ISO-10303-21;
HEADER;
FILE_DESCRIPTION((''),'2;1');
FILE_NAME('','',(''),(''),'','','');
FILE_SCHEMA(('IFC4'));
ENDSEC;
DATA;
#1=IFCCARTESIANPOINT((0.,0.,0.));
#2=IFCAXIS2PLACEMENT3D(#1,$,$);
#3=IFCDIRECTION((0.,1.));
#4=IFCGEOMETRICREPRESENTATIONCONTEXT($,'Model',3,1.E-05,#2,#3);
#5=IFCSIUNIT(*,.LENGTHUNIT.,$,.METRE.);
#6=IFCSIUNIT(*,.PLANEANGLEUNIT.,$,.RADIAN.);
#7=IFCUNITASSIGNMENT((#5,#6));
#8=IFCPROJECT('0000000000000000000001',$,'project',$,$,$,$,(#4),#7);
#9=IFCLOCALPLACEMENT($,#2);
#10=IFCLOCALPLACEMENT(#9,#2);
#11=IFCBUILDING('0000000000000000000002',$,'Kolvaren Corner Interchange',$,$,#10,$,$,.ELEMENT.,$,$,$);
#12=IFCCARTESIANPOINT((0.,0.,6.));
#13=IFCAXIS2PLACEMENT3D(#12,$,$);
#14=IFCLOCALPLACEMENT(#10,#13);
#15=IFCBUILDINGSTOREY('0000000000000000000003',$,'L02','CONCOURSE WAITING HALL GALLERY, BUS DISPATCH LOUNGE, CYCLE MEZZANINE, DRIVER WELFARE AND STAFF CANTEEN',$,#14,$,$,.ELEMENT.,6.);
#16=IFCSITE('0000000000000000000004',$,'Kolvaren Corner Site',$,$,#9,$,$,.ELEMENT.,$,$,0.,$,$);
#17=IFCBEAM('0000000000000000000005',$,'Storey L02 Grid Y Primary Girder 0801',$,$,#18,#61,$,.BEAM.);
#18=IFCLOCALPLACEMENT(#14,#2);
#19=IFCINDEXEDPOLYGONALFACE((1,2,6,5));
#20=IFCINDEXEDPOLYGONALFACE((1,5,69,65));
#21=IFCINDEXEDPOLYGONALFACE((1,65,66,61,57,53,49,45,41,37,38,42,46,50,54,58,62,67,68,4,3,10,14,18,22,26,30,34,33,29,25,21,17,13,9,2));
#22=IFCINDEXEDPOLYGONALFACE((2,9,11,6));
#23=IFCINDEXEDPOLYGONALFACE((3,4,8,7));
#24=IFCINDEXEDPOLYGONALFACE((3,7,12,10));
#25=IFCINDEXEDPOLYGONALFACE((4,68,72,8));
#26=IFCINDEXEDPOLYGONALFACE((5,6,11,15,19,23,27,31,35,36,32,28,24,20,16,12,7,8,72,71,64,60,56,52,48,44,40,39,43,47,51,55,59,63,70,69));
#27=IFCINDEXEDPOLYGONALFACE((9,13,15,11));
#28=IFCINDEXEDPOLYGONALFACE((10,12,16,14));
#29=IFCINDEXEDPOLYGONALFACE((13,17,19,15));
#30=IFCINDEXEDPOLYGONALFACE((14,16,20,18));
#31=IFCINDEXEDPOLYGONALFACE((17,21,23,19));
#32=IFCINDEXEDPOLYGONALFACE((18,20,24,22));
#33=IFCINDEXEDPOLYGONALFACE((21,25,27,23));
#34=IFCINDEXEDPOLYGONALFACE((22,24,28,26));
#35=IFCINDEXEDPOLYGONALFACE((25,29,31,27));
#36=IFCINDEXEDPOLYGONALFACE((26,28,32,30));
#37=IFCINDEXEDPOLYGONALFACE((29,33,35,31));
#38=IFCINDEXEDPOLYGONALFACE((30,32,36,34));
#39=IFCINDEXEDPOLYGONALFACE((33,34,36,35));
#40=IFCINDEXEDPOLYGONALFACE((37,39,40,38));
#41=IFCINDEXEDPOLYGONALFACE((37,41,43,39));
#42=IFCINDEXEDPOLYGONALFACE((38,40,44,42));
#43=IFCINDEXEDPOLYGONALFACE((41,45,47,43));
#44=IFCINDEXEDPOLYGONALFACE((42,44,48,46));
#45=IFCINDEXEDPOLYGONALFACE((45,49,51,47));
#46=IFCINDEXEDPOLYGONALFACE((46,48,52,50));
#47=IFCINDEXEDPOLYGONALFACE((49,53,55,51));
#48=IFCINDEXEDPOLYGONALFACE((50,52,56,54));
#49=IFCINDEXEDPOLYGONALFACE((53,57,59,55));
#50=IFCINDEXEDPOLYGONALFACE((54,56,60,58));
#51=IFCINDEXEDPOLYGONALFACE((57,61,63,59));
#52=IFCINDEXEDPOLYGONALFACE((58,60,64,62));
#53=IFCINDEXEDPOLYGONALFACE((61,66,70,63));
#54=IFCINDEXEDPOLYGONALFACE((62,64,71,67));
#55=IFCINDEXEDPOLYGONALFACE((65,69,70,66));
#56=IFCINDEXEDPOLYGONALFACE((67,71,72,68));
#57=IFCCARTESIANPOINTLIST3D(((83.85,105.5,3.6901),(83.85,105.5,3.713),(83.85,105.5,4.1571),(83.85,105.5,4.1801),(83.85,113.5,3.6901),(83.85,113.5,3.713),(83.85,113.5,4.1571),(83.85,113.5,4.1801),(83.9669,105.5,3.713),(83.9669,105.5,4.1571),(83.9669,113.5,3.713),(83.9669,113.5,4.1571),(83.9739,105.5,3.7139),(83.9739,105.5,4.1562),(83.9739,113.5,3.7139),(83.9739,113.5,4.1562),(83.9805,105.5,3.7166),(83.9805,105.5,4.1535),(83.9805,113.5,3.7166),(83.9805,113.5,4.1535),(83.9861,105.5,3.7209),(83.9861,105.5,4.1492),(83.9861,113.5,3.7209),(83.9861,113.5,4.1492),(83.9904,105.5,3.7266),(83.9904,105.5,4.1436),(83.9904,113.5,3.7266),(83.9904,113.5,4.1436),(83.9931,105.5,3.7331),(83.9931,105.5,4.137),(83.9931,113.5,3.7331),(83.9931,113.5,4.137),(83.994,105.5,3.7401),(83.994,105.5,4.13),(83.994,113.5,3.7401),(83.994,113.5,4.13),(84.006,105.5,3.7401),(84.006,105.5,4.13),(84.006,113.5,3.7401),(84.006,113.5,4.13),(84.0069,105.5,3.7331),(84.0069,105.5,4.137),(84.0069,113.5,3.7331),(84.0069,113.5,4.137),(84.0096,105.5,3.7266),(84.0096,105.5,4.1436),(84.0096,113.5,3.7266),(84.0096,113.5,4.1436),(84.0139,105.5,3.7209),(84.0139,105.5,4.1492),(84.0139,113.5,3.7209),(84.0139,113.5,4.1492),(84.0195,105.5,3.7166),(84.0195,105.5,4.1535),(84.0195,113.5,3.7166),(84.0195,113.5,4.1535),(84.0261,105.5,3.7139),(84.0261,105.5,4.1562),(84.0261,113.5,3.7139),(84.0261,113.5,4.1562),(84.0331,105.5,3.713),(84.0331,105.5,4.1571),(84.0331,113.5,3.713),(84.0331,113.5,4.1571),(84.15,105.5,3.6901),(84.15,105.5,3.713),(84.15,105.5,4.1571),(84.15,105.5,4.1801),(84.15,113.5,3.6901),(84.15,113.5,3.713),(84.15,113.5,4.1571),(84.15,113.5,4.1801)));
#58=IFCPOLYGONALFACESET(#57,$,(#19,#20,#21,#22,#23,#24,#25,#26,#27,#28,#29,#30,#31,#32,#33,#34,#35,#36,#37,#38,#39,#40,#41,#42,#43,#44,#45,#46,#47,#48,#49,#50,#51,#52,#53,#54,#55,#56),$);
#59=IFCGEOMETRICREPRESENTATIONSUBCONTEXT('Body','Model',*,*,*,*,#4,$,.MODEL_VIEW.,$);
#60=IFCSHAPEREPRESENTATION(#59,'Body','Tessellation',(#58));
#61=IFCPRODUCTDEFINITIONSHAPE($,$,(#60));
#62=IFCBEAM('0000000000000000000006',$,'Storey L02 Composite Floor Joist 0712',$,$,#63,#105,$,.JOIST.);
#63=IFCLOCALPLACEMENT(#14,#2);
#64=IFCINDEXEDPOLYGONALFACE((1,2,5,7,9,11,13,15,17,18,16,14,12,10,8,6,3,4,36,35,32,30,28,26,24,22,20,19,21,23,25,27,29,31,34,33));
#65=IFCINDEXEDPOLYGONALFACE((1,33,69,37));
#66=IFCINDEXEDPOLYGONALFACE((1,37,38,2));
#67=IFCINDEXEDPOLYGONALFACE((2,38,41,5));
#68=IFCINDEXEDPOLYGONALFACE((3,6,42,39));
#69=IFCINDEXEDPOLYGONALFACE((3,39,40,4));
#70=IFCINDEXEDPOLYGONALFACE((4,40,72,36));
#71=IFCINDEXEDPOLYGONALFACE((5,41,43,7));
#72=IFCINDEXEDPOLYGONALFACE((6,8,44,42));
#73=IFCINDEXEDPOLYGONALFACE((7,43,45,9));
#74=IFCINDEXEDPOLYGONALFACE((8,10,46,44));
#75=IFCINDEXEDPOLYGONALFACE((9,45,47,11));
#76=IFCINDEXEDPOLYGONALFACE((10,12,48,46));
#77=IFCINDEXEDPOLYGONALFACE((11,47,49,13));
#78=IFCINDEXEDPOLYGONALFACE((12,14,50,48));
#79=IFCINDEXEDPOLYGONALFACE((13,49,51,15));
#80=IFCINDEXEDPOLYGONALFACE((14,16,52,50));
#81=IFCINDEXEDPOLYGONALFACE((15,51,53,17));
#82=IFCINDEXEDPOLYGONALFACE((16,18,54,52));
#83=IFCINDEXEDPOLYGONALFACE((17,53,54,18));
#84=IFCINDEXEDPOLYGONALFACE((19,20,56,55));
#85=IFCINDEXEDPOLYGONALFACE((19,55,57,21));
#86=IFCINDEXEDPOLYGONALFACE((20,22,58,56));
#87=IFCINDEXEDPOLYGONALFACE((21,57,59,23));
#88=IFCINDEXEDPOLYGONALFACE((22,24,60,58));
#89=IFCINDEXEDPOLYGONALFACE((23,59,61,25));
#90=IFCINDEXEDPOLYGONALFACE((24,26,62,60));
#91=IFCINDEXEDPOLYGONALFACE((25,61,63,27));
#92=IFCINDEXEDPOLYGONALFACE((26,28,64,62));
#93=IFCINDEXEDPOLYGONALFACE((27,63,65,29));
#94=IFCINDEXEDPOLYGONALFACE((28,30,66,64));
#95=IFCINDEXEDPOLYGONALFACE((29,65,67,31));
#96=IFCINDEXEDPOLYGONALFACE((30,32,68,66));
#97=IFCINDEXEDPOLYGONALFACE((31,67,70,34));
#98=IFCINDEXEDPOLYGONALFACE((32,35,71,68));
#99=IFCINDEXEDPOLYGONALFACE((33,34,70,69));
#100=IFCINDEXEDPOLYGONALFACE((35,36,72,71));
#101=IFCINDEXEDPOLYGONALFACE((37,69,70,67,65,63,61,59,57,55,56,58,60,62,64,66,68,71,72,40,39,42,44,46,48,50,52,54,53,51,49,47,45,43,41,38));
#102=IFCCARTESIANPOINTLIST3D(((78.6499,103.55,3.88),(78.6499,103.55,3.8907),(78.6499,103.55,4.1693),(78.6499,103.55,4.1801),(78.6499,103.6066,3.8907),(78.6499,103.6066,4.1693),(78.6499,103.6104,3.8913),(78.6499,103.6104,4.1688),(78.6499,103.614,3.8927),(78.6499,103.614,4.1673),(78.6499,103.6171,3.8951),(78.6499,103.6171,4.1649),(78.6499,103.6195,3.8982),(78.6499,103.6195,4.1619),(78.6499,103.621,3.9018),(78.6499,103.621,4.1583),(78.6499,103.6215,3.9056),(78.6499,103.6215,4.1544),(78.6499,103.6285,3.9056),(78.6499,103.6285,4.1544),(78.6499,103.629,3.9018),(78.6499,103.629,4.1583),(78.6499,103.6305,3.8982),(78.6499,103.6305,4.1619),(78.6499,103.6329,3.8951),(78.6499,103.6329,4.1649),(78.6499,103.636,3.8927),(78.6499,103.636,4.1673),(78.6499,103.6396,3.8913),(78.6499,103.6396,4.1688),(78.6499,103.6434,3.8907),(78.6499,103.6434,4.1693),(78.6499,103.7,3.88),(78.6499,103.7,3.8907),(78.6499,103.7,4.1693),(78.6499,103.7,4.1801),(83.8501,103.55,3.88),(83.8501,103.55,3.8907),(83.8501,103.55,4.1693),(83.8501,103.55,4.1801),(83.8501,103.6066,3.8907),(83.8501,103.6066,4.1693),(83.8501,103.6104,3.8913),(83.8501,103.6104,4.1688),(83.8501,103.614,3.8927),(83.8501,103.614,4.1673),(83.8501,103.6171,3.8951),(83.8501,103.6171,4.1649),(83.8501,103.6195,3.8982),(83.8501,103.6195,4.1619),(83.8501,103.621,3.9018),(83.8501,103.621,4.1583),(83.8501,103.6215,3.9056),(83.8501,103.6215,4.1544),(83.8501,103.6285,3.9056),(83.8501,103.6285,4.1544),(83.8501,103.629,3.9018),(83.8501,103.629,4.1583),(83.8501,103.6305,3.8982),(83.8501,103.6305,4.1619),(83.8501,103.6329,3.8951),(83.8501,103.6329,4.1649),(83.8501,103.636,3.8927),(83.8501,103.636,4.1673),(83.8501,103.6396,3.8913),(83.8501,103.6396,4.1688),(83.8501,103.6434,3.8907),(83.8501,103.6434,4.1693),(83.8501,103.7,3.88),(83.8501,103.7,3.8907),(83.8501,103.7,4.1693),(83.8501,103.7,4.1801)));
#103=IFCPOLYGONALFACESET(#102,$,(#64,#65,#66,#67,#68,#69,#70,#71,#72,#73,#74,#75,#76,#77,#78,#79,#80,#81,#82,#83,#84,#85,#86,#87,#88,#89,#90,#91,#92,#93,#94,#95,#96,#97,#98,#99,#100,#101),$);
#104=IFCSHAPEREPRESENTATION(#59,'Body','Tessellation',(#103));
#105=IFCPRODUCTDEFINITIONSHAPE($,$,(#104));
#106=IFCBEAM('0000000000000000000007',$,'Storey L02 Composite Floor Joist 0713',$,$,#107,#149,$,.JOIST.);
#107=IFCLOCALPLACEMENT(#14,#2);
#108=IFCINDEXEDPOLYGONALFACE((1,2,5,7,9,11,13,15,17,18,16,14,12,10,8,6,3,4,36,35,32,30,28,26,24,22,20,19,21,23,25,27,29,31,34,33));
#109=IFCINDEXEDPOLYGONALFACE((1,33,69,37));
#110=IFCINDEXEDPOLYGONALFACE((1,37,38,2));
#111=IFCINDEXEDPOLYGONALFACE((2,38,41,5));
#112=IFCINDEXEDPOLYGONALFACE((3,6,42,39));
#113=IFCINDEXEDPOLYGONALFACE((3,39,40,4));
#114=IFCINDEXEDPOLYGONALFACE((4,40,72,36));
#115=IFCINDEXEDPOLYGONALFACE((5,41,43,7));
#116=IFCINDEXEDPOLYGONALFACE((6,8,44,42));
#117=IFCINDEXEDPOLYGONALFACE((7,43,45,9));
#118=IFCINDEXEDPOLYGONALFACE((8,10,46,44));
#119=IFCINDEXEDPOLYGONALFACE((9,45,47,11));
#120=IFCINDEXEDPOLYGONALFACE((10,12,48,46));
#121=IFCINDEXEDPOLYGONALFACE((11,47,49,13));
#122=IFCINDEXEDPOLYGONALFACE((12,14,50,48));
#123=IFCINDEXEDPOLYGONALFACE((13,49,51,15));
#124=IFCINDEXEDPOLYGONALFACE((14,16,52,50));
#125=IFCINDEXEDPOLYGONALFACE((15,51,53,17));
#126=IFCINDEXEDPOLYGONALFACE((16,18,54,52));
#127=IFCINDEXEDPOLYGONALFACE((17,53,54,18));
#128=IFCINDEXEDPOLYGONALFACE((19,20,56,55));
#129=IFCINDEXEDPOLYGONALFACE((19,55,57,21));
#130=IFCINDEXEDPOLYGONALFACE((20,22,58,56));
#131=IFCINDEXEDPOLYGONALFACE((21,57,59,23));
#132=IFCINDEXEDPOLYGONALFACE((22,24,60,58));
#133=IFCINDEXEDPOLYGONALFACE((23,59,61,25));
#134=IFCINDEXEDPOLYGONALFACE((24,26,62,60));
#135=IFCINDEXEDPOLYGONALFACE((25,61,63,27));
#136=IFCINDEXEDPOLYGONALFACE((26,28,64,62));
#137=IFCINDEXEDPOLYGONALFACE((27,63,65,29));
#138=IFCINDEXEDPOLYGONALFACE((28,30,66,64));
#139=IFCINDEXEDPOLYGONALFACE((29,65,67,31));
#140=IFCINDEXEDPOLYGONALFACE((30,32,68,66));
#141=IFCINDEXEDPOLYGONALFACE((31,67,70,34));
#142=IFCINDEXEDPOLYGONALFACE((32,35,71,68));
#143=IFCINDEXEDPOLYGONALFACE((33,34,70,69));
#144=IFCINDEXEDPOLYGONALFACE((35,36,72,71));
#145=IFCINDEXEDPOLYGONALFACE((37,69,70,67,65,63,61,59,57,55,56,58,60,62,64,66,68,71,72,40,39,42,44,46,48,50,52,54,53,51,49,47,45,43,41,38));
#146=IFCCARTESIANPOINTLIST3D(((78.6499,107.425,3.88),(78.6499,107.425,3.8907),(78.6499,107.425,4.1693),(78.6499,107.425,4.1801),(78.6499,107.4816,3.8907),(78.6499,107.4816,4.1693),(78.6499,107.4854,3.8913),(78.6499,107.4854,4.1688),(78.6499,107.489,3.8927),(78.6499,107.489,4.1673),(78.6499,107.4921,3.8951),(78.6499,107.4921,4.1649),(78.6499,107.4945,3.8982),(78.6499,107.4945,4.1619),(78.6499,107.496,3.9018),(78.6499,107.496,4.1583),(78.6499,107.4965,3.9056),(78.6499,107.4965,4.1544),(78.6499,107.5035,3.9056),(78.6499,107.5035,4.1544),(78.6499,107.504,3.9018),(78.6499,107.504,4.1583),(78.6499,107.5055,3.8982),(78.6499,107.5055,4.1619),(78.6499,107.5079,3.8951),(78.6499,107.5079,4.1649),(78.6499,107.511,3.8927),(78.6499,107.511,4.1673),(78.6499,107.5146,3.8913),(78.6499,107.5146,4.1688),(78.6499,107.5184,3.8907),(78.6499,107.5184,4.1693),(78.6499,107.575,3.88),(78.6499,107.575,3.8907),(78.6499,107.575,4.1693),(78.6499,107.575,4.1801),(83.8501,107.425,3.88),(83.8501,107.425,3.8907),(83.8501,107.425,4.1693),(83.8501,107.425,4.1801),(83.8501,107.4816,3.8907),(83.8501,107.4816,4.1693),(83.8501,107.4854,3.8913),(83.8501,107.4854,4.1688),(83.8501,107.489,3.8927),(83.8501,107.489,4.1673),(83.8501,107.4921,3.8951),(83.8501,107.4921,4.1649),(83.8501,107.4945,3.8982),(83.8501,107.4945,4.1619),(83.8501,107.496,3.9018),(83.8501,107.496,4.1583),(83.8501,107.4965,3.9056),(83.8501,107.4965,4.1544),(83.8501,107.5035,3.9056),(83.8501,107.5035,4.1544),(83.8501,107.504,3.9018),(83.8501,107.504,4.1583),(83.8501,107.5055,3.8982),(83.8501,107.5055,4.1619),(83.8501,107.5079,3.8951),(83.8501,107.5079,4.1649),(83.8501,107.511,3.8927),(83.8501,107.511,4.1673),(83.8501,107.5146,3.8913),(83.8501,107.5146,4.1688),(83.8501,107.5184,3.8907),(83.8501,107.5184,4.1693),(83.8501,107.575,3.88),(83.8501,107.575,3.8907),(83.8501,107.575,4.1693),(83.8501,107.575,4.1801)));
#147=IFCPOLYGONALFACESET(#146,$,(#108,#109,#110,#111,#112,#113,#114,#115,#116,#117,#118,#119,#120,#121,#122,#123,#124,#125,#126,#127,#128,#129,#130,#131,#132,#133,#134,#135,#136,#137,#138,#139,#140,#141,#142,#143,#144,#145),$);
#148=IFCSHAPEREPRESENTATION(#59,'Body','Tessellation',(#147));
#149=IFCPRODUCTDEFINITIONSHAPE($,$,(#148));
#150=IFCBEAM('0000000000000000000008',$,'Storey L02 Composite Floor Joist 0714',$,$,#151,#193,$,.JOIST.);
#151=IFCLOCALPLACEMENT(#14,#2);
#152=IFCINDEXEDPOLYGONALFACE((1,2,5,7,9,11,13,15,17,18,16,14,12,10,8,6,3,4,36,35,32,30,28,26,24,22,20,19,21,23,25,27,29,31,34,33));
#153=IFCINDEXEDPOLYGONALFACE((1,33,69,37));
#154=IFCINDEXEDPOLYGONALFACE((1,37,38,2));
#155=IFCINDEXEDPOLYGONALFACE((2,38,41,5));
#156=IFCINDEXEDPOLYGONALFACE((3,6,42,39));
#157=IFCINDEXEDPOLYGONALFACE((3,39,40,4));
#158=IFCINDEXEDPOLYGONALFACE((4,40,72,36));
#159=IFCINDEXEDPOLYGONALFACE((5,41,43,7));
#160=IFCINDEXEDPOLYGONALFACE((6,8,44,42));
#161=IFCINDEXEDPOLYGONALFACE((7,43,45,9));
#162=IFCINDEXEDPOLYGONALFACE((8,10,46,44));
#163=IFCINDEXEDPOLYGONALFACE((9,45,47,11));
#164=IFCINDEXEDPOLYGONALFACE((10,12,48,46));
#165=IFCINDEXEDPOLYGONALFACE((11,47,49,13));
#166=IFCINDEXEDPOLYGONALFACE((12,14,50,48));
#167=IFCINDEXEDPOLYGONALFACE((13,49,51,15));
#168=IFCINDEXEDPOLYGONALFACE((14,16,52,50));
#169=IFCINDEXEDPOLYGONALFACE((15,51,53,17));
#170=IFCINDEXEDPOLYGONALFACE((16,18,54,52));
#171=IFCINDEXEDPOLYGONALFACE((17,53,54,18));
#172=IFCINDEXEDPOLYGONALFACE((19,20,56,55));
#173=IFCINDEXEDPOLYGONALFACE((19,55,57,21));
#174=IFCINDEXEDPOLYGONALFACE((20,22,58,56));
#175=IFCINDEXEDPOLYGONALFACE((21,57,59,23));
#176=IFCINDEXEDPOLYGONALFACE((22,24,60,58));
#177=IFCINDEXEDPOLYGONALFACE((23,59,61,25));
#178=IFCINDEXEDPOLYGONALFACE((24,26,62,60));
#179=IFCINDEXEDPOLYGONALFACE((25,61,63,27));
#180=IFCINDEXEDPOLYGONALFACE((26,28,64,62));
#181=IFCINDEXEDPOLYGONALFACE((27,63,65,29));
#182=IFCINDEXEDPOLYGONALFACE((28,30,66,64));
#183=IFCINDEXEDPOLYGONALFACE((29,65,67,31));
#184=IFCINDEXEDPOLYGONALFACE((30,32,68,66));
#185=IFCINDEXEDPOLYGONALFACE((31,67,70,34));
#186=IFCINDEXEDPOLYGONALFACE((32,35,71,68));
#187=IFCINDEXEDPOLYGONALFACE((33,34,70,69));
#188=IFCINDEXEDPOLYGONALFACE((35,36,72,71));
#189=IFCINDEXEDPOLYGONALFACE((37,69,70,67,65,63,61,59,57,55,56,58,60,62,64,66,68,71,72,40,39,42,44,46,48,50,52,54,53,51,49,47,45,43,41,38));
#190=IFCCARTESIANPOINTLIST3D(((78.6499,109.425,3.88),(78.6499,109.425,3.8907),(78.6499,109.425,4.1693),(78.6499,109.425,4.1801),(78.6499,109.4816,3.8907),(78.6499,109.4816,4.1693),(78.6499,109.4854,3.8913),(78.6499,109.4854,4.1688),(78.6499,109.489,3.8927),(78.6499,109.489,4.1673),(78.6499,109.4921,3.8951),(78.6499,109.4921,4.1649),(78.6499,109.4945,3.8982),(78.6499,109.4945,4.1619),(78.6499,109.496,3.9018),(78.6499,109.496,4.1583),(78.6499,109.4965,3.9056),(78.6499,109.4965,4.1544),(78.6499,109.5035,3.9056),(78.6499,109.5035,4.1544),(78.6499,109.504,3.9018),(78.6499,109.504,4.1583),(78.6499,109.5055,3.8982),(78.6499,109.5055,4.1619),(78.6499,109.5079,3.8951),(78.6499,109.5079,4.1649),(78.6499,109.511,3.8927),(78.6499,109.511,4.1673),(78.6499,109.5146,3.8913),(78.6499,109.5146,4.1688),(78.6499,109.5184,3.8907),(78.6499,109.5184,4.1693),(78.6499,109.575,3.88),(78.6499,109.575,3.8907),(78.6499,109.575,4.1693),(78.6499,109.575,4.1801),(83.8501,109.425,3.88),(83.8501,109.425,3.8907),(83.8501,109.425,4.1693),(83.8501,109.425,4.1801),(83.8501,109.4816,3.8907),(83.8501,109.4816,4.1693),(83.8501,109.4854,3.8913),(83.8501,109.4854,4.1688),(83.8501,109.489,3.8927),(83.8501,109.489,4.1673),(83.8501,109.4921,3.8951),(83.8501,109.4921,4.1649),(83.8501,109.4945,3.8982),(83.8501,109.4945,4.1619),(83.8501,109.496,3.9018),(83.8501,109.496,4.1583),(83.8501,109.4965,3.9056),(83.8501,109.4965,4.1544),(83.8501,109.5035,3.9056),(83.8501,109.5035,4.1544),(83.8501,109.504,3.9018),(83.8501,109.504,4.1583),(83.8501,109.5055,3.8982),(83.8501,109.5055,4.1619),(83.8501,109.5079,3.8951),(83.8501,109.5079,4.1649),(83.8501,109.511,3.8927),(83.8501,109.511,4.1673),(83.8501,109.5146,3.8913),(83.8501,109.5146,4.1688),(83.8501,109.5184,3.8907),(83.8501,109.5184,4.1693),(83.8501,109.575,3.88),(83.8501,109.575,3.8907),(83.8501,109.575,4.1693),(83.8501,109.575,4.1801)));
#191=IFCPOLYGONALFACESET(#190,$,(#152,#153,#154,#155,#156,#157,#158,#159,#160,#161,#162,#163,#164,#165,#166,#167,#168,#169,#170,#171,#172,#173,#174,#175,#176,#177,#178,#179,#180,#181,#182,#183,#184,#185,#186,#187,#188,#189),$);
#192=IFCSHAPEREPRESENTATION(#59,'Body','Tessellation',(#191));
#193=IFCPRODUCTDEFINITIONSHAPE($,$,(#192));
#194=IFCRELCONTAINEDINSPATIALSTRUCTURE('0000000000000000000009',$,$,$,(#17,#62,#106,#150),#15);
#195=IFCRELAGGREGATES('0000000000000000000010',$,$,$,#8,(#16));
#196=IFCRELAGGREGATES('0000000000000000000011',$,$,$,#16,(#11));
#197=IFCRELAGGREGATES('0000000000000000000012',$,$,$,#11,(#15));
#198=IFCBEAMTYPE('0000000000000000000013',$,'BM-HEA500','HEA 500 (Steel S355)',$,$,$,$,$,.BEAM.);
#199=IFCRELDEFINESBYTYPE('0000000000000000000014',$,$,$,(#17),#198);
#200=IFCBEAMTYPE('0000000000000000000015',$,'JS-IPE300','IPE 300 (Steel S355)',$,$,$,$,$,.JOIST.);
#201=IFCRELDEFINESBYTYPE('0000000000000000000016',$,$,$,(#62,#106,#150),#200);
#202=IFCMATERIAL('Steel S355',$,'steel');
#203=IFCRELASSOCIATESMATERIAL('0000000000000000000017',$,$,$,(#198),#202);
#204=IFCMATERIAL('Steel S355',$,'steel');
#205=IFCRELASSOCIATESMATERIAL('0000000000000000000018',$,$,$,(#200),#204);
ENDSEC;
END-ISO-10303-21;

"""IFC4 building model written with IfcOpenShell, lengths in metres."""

from ifc_helpers import new_model, si_unit, direction, frame, origin, origin_2d, place, context, subcontext, project, spatial, i_section, extrude, material, material_profile, profile_set, type_object, element, save


model = new_model("IFC4")

# Units and contexts
model_context = context("Model", 3, precision=1e-05, world=origin(), true_north=direction((0.0, 1.0)))
body_context = subcontext(model_context, "Body", "Model", "MODEL_VIEW")
ifc_project = project(units=[si_unit("LENGTHUNIT", "METRE"), si_unit("PLANEANGLEUNIT", "RADIAN")], contexts=[model_context])

# Site, building, storey
site_placement = place(None, origin())
site = spatial("IfcSite", under=ifc_project, at=site_placement, Name="Kolvaren Corner Site", CompositionType="ELEMENT", RefElevation=0.0)
building_placement = place(site_placement, origin())
building = spatial("IfcBuilding", under=site, at=building_placement, Name="Kolvaren Corner Interchange", CompositionType="ELEMENT")
storey_placement = place(building_placement, frame((0.0, 0.0, 6.0)))
storey = spatial("IfcBuildingStorey", under=building, at=storey_placement, Name="L02", Description="CONCOURSE WAITING HALL GALLERY, BUS DISPATCH LOUNGE, CYCLE MEZZANINE, DRIVER WELFARE AND STAFF CANTEEN", CompositionType="ELEMENT", Elevation=6.0)

# Beams
ifc_material_1 = material(Name="Steel S355", Category="steel")
ifc_material_profile_1 = material_profile(ifc_material_1, i_section(OverallWidth=0.3, OverallDepth=0.49, WebThickness=0.012, FlangeThickness=0.0229, FilletRadius=0.0271, at=origin_2d()), Name="HEA 500")
ifc_profile_set_1 = profile_set([ifc_material_profile_1], Name="Steel S355")
beam_type_1 = type_object("IfcBeamType", Name="BM-HEA500", Description="HEA 500 (Steel S355)", PredefinedType="BEAM", material=ifc_profile_set_1)
for number, where, z_axis, x_axis, name in (
    (1, (84.0, 105.5, 3.9351), (0.0, 1.0, 0.0), (-1.0, 0.0, 0.0), "Storey L02 Grid Y Primary Girder 0801"),
):
    element("IfcBeam", number, at=place(storey_placement, frame(where, z_axis=z_axis, x_axis=x_axis)), inside=storey, type_object=beam_type_1, Name=name, PredefinedType="BEAM", context=body_context, shape_type="SweptSolid", body=[
        extrude(i_section(OverallWidth=0.3, OverallDepth=0.49, WebThickness=0.012, FlangeThickness=0.0229, FilletRadius=0.0271, at=origin_2d()), origin(), (0.0, 0.0, 1.0), 8.0),
    ])
ifc_material_2 = material(Name="Steel S355", Category="steel")
ifc_material_profile_2 = material_profile(ifc_material_2, i_section(OverallWidth=0.1499, OverallDepth=0.3, WebThickness=0.0071, FlangeThickness=0.0107, FilletRadius=0.0149, at=origin_2d()), Name="IPE 300")
ifc_profile_set_2 = profile_set([ifc_material_profile_2], Name="Steel S355")
beam_type_2 = type_object("IfcBeamType", Name="JS-IPE300", Description="IPE 300 (Steel S355)", PredefinedType="JOIST", material=ifc_profile_set_2)
for number, where, z_axis, x_axis, name in (
    (2, (78.6499, 103.625, 4.03), (1.0, 0.0, 0.0), (0.0, 1.0, 0.0), "Storey L02 Composite Floor Joist 0712"),
    (3, (78.6499, 107.5, 4.03), (1.0, 0.0, 0.0), (0.0, 1.0, 0.0), "Storey L02 Composite Floor Joist 0713"),
    (4, (78.6499, 109.5, 4.03), (1.0, 0.0, 0.0), (0.0, 1.0, 0.0), "Storey L02 Composite Floor Joist 0714"),
):
    element("IfcBeam", number, at=place(storey_placement, frame(where, z_axis=z_axis, x_axis=x_axis)), inside=storey, type_object=beam_type_2, Name=name, PredefinedType="JOIST", context=body_context, shape_type="SweptSolid", body=[
        extrude(i_section(OverallWidth=0.1499, OverallDepth=0.3, WebThickness=0.0071, FlangeThickness=0.0107, FilletRadius=0.0149, at=origin_2d()), origin(), (0.0, 0.0, 1.0), 5.2002),
    ])

save(model, "model.ifc")
